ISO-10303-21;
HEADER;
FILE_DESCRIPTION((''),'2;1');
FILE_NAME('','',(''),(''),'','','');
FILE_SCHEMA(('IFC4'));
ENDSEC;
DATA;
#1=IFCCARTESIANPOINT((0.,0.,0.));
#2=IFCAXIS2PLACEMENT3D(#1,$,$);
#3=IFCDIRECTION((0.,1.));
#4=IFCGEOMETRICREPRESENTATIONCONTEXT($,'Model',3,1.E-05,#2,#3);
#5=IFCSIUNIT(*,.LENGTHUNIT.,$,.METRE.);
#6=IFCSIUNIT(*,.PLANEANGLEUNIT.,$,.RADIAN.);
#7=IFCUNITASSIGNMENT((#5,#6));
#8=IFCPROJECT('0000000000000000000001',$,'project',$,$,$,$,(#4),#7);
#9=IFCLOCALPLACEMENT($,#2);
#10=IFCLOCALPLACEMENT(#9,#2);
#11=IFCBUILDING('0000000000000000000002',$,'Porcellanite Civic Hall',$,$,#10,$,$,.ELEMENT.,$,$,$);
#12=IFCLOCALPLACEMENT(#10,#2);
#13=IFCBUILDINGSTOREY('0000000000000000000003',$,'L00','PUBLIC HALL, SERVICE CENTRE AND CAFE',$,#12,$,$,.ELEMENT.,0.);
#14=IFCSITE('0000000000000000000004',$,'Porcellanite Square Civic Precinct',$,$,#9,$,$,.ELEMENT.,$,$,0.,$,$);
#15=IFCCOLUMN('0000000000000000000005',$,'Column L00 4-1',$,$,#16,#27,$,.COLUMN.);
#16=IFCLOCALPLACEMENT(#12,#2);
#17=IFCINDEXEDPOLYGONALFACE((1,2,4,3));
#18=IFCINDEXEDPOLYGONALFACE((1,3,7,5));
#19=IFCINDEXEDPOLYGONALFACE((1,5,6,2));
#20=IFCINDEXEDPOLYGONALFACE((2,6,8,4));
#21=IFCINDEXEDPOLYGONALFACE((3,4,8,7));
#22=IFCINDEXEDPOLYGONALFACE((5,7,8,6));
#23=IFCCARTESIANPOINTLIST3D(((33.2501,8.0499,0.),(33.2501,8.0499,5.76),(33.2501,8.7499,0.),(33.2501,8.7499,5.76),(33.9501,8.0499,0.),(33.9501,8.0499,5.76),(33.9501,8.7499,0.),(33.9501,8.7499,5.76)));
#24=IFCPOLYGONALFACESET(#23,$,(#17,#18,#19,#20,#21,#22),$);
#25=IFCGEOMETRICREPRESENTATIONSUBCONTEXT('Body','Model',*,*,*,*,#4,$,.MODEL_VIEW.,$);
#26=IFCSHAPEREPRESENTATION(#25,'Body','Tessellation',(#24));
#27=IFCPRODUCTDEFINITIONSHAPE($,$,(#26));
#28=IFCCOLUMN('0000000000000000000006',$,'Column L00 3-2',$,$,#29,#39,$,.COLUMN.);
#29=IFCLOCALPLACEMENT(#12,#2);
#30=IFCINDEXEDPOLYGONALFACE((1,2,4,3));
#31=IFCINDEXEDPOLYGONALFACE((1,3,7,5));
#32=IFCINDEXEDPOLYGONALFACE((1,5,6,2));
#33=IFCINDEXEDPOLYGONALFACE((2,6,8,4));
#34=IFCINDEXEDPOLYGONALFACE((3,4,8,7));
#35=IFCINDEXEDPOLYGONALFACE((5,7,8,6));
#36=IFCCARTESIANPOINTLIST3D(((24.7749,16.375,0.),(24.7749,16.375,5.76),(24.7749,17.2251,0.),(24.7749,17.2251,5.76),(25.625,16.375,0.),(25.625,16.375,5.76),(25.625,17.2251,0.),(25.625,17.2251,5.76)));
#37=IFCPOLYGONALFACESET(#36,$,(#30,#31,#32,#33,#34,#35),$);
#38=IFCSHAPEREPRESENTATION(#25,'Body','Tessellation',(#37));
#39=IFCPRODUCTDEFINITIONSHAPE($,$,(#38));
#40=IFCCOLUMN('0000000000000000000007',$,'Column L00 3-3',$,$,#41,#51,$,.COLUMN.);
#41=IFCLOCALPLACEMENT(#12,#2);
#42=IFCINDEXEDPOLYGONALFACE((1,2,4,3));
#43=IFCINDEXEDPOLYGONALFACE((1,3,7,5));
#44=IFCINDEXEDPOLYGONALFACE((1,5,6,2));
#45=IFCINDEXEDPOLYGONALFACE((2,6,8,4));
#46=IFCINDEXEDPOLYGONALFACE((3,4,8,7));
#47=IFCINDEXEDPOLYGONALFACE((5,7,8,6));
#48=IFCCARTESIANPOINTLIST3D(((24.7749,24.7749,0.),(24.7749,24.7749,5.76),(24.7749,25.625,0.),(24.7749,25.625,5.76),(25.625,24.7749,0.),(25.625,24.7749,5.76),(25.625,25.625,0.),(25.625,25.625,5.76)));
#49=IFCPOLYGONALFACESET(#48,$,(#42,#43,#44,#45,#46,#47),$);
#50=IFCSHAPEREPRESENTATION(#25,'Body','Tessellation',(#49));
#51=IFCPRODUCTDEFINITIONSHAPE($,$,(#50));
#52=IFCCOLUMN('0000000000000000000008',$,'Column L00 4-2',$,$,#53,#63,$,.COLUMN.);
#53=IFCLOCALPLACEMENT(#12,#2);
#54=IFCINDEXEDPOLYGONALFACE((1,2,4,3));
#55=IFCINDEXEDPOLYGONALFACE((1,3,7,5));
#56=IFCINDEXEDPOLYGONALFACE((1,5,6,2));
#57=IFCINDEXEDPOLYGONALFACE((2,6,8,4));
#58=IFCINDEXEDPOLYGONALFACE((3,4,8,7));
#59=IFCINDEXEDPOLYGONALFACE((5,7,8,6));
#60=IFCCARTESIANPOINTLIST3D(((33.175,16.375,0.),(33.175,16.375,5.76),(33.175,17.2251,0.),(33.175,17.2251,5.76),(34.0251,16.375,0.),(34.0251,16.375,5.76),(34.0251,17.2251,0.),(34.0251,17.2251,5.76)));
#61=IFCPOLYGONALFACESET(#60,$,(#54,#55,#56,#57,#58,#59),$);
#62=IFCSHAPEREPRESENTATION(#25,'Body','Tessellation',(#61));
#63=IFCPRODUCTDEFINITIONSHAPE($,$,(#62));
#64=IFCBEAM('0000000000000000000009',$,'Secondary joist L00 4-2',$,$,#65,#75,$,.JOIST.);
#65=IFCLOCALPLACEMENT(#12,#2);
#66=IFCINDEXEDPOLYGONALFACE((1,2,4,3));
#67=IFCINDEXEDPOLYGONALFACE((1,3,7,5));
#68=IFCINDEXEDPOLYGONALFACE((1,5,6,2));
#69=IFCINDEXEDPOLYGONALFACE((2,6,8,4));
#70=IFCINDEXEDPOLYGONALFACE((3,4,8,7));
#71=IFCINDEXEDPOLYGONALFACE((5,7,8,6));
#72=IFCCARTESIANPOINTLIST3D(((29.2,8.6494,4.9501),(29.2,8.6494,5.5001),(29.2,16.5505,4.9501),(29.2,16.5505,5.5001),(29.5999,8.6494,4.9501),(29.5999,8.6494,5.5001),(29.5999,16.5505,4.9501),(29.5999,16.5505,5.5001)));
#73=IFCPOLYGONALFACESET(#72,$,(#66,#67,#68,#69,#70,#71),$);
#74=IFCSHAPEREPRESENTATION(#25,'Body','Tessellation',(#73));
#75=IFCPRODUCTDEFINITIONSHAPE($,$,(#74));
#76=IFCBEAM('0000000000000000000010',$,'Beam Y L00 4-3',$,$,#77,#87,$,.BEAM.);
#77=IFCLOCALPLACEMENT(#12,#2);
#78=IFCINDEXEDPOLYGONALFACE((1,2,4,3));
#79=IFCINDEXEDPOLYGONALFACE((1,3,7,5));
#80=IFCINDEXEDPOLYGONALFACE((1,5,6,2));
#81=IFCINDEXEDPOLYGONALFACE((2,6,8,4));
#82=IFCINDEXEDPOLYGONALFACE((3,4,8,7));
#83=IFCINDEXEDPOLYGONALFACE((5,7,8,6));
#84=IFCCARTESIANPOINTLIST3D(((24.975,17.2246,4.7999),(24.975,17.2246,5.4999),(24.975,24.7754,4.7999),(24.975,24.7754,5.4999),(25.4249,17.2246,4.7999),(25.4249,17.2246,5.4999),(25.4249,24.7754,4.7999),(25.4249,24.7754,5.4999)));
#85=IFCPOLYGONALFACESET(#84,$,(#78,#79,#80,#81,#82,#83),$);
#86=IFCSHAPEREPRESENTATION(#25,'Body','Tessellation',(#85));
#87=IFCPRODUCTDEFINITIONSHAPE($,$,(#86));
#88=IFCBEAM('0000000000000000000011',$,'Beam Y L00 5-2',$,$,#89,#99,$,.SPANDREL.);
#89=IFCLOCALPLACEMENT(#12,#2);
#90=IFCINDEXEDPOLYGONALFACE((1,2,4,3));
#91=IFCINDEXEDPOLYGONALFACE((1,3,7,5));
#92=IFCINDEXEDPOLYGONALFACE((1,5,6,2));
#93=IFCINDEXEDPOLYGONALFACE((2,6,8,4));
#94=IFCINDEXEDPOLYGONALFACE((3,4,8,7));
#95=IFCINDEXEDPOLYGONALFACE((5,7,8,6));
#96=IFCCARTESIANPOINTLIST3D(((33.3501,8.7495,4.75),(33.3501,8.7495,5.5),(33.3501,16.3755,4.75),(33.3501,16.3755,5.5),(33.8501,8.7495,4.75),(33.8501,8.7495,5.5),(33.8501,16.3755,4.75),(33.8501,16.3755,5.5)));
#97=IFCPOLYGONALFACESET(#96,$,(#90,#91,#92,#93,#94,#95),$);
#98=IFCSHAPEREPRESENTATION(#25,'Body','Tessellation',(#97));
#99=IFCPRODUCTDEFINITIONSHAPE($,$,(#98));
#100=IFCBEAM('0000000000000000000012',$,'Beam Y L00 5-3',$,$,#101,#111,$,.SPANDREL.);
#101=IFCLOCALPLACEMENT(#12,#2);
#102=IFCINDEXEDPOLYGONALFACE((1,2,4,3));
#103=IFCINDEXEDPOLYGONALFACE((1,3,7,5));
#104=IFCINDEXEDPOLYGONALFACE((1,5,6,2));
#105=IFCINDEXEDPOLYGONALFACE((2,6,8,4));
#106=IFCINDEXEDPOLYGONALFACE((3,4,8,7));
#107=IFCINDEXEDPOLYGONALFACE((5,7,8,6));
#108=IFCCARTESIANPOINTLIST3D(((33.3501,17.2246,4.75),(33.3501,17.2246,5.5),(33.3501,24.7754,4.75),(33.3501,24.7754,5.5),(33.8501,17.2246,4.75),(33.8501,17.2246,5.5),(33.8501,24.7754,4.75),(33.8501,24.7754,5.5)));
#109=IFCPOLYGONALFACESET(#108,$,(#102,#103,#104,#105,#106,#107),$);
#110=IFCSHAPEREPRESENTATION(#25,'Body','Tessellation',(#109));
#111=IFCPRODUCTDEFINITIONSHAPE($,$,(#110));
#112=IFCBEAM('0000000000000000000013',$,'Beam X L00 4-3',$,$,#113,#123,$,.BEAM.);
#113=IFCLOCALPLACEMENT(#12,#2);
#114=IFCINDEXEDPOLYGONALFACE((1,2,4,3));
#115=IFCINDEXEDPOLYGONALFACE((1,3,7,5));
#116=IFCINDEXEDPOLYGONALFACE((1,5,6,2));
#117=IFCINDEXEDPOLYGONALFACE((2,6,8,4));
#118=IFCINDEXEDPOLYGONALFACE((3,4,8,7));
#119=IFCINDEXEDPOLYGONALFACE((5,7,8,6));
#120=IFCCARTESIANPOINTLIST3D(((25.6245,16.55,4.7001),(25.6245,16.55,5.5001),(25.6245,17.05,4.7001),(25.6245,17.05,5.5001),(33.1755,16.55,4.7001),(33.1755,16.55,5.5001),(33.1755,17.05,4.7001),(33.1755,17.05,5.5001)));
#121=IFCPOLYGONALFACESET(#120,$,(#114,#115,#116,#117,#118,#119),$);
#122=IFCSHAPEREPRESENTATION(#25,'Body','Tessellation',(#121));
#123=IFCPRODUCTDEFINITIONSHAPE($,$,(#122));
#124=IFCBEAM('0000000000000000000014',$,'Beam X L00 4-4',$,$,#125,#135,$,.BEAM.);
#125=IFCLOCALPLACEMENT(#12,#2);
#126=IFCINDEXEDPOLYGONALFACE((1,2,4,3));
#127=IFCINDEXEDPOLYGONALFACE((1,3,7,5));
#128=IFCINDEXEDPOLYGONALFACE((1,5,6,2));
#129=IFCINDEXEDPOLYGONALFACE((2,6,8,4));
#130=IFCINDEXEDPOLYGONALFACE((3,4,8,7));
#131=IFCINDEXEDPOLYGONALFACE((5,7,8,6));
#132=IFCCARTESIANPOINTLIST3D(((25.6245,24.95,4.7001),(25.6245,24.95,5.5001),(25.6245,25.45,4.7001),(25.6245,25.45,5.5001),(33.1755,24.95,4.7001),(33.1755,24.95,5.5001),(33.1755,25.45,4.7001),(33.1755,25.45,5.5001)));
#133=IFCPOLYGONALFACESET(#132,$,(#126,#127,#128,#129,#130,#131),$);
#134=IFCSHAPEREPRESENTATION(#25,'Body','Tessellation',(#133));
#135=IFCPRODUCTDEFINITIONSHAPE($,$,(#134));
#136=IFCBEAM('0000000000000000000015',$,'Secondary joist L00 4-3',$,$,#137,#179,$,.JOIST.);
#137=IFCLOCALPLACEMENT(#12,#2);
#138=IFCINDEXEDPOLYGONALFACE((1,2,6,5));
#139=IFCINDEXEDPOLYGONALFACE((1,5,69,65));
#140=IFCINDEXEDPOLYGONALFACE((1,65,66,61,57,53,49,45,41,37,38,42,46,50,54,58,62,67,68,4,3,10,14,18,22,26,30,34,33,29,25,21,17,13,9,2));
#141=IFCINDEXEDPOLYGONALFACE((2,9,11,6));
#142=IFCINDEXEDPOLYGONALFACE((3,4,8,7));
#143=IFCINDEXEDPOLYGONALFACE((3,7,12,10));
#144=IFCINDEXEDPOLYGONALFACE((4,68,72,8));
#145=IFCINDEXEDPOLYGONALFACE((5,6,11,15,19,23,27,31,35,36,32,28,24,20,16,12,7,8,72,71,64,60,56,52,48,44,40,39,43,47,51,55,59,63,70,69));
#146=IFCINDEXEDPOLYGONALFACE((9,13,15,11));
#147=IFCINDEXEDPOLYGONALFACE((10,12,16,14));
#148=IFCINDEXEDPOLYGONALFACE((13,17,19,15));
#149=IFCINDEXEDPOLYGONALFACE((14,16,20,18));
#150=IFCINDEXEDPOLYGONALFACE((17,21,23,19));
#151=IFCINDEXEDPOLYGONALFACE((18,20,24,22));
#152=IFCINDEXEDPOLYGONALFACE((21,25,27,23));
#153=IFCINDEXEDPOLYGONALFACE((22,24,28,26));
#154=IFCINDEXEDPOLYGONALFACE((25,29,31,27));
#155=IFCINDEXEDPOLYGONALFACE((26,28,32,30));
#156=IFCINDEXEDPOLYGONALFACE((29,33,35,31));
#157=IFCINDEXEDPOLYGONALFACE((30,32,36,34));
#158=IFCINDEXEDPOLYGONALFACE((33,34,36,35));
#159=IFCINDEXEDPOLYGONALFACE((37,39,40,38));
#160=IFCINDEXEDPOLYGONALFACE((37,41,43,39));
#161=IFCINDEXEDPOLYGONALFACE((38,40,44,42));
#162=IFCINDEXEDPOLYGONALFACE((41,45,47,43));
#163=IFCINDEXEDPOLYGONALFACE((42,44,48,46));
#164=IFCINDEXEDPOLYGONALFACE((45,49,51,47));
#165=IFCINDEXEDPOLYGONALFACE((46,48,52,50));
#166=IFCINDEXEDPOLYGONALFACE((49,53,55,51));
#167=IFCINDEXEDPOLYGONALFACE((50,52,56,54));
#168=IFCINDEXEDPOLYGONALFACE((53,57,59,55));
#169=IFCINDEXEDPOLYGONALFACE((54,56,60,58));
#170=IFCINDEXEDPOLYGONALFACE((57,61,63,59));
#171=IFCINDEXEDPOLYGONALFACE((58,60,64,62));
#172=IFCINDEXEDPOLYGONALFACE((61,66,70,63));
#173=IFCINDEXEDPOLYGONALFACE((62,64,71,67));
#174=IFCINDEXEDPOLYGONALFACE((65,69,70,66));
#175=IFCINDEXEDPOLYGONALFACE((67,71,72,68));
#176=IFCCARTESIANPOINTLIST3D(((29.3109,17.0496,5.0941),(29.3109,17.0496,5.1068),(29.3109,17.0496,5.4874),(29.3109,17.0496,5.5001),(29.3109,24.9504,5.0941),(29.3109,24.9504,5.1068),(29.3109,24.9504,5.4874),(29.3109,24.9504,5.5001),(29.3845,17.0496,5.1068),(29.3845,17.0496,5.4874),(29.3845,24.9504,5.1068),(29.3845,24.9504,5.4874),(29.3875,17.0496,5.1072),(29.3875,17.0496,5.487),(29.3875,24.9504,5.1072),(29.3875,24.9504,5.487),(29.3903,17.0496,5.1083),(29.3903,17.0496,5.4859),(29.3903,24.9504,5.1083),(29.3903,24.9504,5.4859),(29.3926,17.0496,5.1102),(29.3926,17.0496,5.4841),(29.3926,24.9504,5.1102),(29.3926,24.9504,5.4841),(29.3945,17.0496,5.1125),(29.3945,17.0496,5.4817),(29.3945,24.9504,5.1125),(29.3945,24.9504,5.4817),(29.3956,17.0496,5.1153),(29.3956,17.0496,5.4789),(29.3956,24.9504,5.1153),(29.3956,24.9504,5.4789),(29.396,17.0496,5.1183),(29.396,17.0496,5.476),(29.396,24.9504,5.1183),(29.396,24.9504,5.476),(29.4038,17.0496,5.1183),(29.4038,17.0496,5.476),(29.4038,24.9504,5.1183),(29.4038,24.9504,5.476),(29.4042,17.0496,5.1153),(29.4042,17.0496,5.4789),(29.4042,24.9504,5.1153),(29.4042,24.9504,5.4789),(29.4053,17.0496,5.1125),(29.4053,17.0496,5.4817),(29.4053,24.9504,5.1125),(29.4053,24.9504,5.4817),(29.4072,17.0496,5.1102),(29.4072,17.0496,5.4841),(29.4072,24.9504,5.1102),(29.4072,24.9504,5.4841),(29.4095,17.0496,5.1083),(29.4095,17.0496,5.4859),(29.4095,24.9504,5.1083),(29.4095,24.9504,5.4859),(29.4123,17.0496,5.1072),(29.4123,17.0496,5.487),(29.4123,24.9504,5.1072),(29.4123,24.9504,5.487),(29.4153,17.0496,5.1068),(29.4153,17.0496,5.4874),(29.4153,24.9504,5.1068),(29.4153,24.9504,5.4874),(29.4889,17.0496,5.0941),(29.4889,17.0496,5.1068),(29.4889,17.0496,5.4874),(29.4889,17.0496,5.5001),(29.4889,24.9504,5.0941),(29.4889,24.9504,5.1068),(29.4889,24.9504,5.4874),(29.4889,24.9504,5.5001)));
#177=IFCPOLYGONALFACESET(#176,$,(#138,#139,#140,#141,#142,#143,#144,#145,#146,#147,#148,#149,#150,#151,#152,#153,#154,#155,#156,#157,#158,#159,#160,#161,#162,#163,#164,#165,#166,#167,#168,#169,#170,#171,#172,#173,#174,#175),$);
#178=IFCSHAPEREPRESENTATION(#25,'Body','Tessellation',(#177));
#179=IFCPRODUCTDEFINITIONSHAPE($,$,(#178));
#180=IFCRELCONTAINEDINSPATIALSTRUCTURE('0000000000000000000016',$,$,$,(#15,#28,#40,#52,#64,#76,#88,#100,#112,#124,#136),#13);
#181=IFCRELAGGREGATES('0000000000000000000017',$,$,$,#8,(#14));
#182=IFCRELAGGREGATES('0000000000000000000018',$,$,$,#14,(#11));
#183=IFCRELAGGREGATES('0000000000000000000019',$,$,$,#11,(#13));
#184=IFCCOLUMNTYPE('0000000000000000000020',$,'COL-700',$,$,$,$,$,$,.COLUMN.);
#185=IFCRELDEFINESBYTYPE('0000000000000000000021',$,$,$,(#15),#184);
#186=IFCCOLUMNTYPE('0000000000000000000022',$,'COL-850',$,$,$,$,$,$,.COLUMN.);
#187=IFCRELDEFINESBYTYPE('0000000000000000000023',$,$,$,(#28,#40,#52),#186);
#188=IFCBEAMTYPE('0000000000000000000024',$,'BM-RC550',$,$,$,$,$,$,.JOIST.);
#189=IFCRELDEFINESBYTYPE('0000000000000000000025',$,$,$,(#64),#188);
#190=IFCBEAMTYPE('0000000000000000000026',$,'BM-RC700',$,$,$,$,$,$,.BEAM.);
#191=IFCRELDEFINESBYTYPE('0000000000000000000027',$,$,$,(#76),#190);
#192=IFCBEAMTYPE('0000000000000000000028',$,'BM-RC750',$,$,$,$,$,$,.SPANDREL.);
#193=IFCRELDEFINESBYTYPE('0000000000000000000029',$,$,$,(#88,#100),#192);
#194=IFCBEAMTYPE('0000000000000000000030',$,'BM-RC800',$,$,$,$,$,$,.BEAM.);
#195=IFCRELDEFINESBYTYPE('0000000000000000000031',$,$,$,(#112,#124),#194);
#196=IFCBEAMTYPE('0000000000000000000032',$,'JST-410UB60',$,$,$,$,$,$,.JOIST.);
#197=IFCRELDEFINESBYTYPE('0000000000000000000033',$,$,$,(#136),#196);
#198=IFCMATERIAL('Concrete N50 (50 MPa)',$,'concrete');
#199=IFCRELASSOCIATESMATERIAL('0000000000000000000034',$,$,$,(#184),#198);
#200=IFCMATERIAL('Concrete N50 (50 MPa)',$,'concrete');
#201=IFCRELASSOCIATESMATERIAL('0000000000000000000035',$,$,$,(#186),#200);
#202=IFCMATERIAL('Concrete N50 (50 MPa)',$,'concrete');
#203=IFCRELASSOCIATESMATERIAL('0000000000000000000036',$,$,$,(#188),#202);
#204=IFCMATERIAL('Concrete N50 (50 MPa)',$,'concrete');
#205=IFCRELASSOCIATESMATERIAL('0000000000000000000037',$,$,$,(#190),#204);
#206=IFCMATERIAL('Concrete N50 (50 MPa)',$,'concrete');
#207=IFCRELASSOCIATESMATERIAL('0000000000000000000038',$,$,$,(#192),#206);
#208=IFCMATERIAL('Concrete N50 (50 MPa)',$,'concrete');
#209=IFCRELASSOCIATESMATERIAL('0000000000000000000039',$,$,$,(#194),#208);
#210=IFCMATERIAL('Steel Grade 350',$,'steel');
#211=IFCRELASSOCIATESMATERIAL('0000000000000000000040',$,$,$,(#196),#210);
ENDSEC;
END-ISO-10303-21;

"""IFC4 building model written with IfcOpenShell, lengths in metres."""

from ifc_helpers import new_model, si_unit, direction, frame, origin, origin_2d, place, context, subcontext, project, spatial, rectangle, i_section, extrude, material, material_profile, profile_set, type_object, element, save


model = new_model("IFC4")

# Units and contexts
model_context = context("Model", 3, precision=1e-05, world=origin(), true_north=direction((0.0, 1.0)))
body_context = subcontext(model_context, "Body", "Model", "MODEL_VIEW")
ifc_project = project(units=[si_unit("LENGTHUNIT", "METRE"), si_unit("PLANEANGLEUNIT", "RADIAN")], contexts=[model_context])

# Site, building, storey
site_placement = place(None, origin())
site = spatial("IfcSite", under=ifc_project, at=site_placement, Name="Porcellanite Square Civic Precinct", CompositionType="ELEMENT", RefElevation=0.0)
building_placement = place(site_placement, origin())
building = spatial("IfcBuilding", under=site, at=building_placement, Name="Porcellanite Civic Hall", CompositionType="ELEMENT")
storey_placement = place(building_placement, origin())
storey = spatial("IfcBuildingStorey", under=building, at=storey_placement, Name="L00", Description="PUBLIC HALL, SERVICE CENTRE AND CAFE", CompositionType="ELEMENT", Elevation=0.0)

# Columns
ifc_material_1 = material(Name="Concrete N50 (50 MPa)", Category="concrete")
ifc_material_profile_1 = material_profile(ifc_material_1, rectangle(XDim=0.7, YDim=0.7, at=origin_2d()), Name="RC-700x700")
ifc_profile_set_1 = profile_set([ifc_material_profile_1], Name="Concrete N50 (50 MPa)")
column_type_1 = type_object("IfcColumnType", Name="COL-700", PredefinedType="COLUMN", material=ifc_profile_set_1)
column_placement = place(storey_placement, frame((33.6001, 8.3999, 0.0), z_axis=(0.0, 0.0, 1.0), x_axis=(1.0, 0.0, 0.0)))
element("IfcColumn", 1, at=column_placement, inside=storey, type_object=column_type_1, Name="Column L00 4-1", PredefinedType="COLUMN", context=body_context, shape_type="SweptSolid", body=[
    extrude(rectangle(XDim=0.7, YDim=0.7, at=origin_2d()), origin(), (0.0, 0.0, 1.0), 5.76),
])
ifc_material_2 = material(Name="Concrete N50 (50 MPa)", Category="concrete")
ifc_material_profile_2 = material_profile(ifc_material_2, rectangle(XDim=0.8501, YDim=0.8501, at=origin_2d()), Name="RC-850x850")
ifc_profile_set_2 = profile_set([ifc_material_profile_2], Name="Concrete N50 (50 MPa)")
column_type_2 = type_object("IfcColumnType", Name="COL-850", PredefinedType="COLUMN", material=ifc_profile_set_2)
for number, where, z_axis, x_axis, name in (
    (2, (25.2, 16.8, 0.0), (0.0, 0.0, 1.0), (1.0, 0.0, 0.0), "Column L00 3-2"),
    (3, (25.2, 25.2, 0.0), (0.0, 0.0, 1.0), (1.0, 0.0, 0.0), "Column L00 3-3"),
    (4, (33.6001, 16.8, 0.0), (0.0, 0.0, 1.0), (1.0, 0.0, 0.0), "Column L00 4-2"),
):
    element("IfcColumn", number, at=place(storey_placement, frame(where, z_axis=z_axis, x_axis=x_axis)), inside=storey, type_object=column_type_2, Name=name, PredefinedType="COLUMN", context=body_context, shape_type="SweptSolid", body=[
        extrude(rectangle(XDim=0.8501, YDim=0.8501, at=origin_2d()), origin(), (0.0, 0.0, 1.0), 5.76),
    ])

# Beams
ifc_material_3 = material(Name="Concrete N50 (50 MPa)", Category="concrete")
ifc_material_profile_3 = material_profile(ifc_material_3, rectangle(XDim=0.3999, YDim=0.55, at=origin_2d()), Name="RC-400x550")
ifc_profile_set_3 = profile_set([ifc_material_profile_3], Name="Concrete N50 (50 MPa)")
beam_type_1 = type_object("IfcBeamType", Name="BM-RC550", PredefinedType="JOIST", material=ifc_profile_set_3)
beam_1_placement = place(storey_placement, frame((29.3999, 8.6494, 5.2251), z_axis=(0.0, 1.0, 0.0), x_axis=(-1.0, 0.0, 0.0)))
element("IfcBeam", 5, at=beam_1_placement, inside=storey, type_object=beam_type_1, Name="Secondary joist L00 4-2", PredefinedType="JOIST", context=body_context, shape_type="SweptSolid", body=[
    extrude(rectangle(XDim=0.3999, YDim=0.55, at=origin_2d()), origin(), (0.0, 0.0, 1.0), 7.9011),
])
ifc_material_4 = material(Name="Concrete N50 (50 MPa)", Category="concrete")
ifc_material_profile_4 = material_profile(ifc_material_4, rectangle(XDim=0.45, YDim=0.7, at=origin_2d()), Name="RC-450x700")
ifc_profile_set_4 = profile_set([ifc_material_profile_4], Name="Concrete N50 (50 MPa)")
beam_type_2 = type_object("IfcBeamType", Name="BM-RC700", PredefinedType="BEAM", material=ifc_profile_set_4)
beam_2_placement = place(storey_placement, frame((25.2, 17.2246, 5.1499), z_axis=(0.0, 1.0, 0.0), x_axis=(-1.0, 0.0, 0.0)))
element("IfcBeam", 6, at=beam_2_placement, inside=storey, type_object=beam_type_2, Name="Beam Y L00 4-3", PredefinedType="BEAM", context=body_context, shape_type="SweptSolid", body=[
    extrude(rectangle(XDim=0.45, YDim=0.7, at=origin_2d()), origin(), (0.0, 0.0, 1.0), 7.5508),
])
ifc_material_5 = material(Name="Concrete N50 (50 MPa)", Category="concrete")
ifc_material_profile_5 = material_profile(ifc_material_5, rectangle(XDim=0.5, YDim=0.75, at=origin_2d()), Name="RC-500x750")
ifc_profile_set_5 = profile_set([ifc_material_profile_5], Name="Concrete N50 (50 MPa)")
beam_type_3 = type_object("IfcBeamType", Name="BM-RC750", PredefinedType="SPANDREL", material=ifc_profile_set_5)
beam_3_placement = place(storey_placement, frame((33.6001, 8.7495, 5.125), z_axis=(0.0, 1.0, 0.0), x_axis=(-1.0, 0.0, 0.0)))
element("IfcBeam", 7, at=beam_3_placement, inside=storey, type_object=beam_type_3, Name="Beam Y L00 5-2", PredefinedType="SPANDREL", context=body_context, shape_type="SweptSolid", body=[
    extrude(rectangle(XDim=0.5, YDim=0.75, at=origin_2d()), origin(), (0.0, 0.0, 1.0), 7.626),
])
beam_4_placement = place(storey_placement, frame((33.6001, 17.2246, 5.125), z_axis=(0.0, 1.0, 0.0), x_axis=(-1.0, 0.0, 0.0)))
element("IfcBeam", 8, at=beam_4_placement, inside=storey, type_object=beam_type_3, Name="Beam Y L00 5-3", PredefinedType="SPANDREL", context=body_context, shape_type="SweptSolid", body=[
    extrude(rectangle(XDim=0.5, YDim=0.75, at=origin_2d()), origin(), (0.0, 0.0, 1.0), 7.5508),
])
ifc_material_6 = material(Name="Concrete N50 (50 MPa)", Category="concrete")
ifc_material_profile_6 = material_profile(ifc_material_6, rectangle(XDim=0.5, YDim=0.8, at=origin_2d()), Name="RC-500x800")
ifc_profile_set_6 = profile_set([ifc_material_profile_6], Name="Concrete N50 (50 MPa)")
beam_type_4 = type_object("IfcBeamType", Name="BM-RC800", PredefinedType="BEAM", material=ifc_profile_set_6)
for number, where, z_axis, x_axis, name in (
    (9, (25.6245, 16.8, 5.1001), (1.0, 0.0, 0.0), (0.0, 1.0, 0.0), "Beam X L00 4-3"),
    (10, (25.6245, 25.2, 5.1001), (1.0, 0.0, 0.0), (0.0, 1.0, 0.0), "Beam X L00 4-4"),
):
    element("IfcBeam", number, at=place(storey_placement, frame(where, z_axis=z_axis, x_axis=x_axis)), inside=storey, type_object=beam_type_4, Name=name, PredefinedType="BEAM", context=body_context, shape_type="SweptSolid", body=[
        extrude(rectangle(XDim=0.5, YDim=0.8, at=origin_2d()), origin(), (0.0, 0.0, 1.0), 7.551),
    ])
ifc_material_7 = material(Name="Steel Grade 350", Category="steel")
ifc_material_profile_7 = material_profile(ifc_material_7, i_section(OverallWidth=0.178, OverallDepth=0.406, WebThickness=0.0078, FlangeThickness=0.0127, FilletRadius=0.0115, at=origin_2d()), Name="410UB59.7")
ifc_profile_set_7 = profile_set([ifc_material_profile_7], Name="Steel Grade 350")
beam_type_5 = type_object("IfcBeamType", Name="JST-410UB60", PredefinedType="JOIST", material=ifc_profile_set_7)
beam_5_placement = place(storey_placement, frame((29.3999, 17.0496, 5.2971), z_axis=(0.0, 1.0, 0.0), x_axis=(-1.0, 0.0, 0.0)))
element("IfcBeam", 11, at=beam_5_placement, inside=storey, type_object=beam_type_5, Name="Secondary joist L00 4-3", PredefinedType="JOIST", context=body_context, shape_type="SweptSolid", body=[
    extrude(i_section(OverallWidth=0.178, OverallDepth=0.406, WebThickness=0.0078, FlangeThickness=0.0127, FilletRadius=0.0115, at=origin_2d()), origin(), (0.0, 0.0, 1.0), 7.9009),
])

save(model, "model.ifc")
